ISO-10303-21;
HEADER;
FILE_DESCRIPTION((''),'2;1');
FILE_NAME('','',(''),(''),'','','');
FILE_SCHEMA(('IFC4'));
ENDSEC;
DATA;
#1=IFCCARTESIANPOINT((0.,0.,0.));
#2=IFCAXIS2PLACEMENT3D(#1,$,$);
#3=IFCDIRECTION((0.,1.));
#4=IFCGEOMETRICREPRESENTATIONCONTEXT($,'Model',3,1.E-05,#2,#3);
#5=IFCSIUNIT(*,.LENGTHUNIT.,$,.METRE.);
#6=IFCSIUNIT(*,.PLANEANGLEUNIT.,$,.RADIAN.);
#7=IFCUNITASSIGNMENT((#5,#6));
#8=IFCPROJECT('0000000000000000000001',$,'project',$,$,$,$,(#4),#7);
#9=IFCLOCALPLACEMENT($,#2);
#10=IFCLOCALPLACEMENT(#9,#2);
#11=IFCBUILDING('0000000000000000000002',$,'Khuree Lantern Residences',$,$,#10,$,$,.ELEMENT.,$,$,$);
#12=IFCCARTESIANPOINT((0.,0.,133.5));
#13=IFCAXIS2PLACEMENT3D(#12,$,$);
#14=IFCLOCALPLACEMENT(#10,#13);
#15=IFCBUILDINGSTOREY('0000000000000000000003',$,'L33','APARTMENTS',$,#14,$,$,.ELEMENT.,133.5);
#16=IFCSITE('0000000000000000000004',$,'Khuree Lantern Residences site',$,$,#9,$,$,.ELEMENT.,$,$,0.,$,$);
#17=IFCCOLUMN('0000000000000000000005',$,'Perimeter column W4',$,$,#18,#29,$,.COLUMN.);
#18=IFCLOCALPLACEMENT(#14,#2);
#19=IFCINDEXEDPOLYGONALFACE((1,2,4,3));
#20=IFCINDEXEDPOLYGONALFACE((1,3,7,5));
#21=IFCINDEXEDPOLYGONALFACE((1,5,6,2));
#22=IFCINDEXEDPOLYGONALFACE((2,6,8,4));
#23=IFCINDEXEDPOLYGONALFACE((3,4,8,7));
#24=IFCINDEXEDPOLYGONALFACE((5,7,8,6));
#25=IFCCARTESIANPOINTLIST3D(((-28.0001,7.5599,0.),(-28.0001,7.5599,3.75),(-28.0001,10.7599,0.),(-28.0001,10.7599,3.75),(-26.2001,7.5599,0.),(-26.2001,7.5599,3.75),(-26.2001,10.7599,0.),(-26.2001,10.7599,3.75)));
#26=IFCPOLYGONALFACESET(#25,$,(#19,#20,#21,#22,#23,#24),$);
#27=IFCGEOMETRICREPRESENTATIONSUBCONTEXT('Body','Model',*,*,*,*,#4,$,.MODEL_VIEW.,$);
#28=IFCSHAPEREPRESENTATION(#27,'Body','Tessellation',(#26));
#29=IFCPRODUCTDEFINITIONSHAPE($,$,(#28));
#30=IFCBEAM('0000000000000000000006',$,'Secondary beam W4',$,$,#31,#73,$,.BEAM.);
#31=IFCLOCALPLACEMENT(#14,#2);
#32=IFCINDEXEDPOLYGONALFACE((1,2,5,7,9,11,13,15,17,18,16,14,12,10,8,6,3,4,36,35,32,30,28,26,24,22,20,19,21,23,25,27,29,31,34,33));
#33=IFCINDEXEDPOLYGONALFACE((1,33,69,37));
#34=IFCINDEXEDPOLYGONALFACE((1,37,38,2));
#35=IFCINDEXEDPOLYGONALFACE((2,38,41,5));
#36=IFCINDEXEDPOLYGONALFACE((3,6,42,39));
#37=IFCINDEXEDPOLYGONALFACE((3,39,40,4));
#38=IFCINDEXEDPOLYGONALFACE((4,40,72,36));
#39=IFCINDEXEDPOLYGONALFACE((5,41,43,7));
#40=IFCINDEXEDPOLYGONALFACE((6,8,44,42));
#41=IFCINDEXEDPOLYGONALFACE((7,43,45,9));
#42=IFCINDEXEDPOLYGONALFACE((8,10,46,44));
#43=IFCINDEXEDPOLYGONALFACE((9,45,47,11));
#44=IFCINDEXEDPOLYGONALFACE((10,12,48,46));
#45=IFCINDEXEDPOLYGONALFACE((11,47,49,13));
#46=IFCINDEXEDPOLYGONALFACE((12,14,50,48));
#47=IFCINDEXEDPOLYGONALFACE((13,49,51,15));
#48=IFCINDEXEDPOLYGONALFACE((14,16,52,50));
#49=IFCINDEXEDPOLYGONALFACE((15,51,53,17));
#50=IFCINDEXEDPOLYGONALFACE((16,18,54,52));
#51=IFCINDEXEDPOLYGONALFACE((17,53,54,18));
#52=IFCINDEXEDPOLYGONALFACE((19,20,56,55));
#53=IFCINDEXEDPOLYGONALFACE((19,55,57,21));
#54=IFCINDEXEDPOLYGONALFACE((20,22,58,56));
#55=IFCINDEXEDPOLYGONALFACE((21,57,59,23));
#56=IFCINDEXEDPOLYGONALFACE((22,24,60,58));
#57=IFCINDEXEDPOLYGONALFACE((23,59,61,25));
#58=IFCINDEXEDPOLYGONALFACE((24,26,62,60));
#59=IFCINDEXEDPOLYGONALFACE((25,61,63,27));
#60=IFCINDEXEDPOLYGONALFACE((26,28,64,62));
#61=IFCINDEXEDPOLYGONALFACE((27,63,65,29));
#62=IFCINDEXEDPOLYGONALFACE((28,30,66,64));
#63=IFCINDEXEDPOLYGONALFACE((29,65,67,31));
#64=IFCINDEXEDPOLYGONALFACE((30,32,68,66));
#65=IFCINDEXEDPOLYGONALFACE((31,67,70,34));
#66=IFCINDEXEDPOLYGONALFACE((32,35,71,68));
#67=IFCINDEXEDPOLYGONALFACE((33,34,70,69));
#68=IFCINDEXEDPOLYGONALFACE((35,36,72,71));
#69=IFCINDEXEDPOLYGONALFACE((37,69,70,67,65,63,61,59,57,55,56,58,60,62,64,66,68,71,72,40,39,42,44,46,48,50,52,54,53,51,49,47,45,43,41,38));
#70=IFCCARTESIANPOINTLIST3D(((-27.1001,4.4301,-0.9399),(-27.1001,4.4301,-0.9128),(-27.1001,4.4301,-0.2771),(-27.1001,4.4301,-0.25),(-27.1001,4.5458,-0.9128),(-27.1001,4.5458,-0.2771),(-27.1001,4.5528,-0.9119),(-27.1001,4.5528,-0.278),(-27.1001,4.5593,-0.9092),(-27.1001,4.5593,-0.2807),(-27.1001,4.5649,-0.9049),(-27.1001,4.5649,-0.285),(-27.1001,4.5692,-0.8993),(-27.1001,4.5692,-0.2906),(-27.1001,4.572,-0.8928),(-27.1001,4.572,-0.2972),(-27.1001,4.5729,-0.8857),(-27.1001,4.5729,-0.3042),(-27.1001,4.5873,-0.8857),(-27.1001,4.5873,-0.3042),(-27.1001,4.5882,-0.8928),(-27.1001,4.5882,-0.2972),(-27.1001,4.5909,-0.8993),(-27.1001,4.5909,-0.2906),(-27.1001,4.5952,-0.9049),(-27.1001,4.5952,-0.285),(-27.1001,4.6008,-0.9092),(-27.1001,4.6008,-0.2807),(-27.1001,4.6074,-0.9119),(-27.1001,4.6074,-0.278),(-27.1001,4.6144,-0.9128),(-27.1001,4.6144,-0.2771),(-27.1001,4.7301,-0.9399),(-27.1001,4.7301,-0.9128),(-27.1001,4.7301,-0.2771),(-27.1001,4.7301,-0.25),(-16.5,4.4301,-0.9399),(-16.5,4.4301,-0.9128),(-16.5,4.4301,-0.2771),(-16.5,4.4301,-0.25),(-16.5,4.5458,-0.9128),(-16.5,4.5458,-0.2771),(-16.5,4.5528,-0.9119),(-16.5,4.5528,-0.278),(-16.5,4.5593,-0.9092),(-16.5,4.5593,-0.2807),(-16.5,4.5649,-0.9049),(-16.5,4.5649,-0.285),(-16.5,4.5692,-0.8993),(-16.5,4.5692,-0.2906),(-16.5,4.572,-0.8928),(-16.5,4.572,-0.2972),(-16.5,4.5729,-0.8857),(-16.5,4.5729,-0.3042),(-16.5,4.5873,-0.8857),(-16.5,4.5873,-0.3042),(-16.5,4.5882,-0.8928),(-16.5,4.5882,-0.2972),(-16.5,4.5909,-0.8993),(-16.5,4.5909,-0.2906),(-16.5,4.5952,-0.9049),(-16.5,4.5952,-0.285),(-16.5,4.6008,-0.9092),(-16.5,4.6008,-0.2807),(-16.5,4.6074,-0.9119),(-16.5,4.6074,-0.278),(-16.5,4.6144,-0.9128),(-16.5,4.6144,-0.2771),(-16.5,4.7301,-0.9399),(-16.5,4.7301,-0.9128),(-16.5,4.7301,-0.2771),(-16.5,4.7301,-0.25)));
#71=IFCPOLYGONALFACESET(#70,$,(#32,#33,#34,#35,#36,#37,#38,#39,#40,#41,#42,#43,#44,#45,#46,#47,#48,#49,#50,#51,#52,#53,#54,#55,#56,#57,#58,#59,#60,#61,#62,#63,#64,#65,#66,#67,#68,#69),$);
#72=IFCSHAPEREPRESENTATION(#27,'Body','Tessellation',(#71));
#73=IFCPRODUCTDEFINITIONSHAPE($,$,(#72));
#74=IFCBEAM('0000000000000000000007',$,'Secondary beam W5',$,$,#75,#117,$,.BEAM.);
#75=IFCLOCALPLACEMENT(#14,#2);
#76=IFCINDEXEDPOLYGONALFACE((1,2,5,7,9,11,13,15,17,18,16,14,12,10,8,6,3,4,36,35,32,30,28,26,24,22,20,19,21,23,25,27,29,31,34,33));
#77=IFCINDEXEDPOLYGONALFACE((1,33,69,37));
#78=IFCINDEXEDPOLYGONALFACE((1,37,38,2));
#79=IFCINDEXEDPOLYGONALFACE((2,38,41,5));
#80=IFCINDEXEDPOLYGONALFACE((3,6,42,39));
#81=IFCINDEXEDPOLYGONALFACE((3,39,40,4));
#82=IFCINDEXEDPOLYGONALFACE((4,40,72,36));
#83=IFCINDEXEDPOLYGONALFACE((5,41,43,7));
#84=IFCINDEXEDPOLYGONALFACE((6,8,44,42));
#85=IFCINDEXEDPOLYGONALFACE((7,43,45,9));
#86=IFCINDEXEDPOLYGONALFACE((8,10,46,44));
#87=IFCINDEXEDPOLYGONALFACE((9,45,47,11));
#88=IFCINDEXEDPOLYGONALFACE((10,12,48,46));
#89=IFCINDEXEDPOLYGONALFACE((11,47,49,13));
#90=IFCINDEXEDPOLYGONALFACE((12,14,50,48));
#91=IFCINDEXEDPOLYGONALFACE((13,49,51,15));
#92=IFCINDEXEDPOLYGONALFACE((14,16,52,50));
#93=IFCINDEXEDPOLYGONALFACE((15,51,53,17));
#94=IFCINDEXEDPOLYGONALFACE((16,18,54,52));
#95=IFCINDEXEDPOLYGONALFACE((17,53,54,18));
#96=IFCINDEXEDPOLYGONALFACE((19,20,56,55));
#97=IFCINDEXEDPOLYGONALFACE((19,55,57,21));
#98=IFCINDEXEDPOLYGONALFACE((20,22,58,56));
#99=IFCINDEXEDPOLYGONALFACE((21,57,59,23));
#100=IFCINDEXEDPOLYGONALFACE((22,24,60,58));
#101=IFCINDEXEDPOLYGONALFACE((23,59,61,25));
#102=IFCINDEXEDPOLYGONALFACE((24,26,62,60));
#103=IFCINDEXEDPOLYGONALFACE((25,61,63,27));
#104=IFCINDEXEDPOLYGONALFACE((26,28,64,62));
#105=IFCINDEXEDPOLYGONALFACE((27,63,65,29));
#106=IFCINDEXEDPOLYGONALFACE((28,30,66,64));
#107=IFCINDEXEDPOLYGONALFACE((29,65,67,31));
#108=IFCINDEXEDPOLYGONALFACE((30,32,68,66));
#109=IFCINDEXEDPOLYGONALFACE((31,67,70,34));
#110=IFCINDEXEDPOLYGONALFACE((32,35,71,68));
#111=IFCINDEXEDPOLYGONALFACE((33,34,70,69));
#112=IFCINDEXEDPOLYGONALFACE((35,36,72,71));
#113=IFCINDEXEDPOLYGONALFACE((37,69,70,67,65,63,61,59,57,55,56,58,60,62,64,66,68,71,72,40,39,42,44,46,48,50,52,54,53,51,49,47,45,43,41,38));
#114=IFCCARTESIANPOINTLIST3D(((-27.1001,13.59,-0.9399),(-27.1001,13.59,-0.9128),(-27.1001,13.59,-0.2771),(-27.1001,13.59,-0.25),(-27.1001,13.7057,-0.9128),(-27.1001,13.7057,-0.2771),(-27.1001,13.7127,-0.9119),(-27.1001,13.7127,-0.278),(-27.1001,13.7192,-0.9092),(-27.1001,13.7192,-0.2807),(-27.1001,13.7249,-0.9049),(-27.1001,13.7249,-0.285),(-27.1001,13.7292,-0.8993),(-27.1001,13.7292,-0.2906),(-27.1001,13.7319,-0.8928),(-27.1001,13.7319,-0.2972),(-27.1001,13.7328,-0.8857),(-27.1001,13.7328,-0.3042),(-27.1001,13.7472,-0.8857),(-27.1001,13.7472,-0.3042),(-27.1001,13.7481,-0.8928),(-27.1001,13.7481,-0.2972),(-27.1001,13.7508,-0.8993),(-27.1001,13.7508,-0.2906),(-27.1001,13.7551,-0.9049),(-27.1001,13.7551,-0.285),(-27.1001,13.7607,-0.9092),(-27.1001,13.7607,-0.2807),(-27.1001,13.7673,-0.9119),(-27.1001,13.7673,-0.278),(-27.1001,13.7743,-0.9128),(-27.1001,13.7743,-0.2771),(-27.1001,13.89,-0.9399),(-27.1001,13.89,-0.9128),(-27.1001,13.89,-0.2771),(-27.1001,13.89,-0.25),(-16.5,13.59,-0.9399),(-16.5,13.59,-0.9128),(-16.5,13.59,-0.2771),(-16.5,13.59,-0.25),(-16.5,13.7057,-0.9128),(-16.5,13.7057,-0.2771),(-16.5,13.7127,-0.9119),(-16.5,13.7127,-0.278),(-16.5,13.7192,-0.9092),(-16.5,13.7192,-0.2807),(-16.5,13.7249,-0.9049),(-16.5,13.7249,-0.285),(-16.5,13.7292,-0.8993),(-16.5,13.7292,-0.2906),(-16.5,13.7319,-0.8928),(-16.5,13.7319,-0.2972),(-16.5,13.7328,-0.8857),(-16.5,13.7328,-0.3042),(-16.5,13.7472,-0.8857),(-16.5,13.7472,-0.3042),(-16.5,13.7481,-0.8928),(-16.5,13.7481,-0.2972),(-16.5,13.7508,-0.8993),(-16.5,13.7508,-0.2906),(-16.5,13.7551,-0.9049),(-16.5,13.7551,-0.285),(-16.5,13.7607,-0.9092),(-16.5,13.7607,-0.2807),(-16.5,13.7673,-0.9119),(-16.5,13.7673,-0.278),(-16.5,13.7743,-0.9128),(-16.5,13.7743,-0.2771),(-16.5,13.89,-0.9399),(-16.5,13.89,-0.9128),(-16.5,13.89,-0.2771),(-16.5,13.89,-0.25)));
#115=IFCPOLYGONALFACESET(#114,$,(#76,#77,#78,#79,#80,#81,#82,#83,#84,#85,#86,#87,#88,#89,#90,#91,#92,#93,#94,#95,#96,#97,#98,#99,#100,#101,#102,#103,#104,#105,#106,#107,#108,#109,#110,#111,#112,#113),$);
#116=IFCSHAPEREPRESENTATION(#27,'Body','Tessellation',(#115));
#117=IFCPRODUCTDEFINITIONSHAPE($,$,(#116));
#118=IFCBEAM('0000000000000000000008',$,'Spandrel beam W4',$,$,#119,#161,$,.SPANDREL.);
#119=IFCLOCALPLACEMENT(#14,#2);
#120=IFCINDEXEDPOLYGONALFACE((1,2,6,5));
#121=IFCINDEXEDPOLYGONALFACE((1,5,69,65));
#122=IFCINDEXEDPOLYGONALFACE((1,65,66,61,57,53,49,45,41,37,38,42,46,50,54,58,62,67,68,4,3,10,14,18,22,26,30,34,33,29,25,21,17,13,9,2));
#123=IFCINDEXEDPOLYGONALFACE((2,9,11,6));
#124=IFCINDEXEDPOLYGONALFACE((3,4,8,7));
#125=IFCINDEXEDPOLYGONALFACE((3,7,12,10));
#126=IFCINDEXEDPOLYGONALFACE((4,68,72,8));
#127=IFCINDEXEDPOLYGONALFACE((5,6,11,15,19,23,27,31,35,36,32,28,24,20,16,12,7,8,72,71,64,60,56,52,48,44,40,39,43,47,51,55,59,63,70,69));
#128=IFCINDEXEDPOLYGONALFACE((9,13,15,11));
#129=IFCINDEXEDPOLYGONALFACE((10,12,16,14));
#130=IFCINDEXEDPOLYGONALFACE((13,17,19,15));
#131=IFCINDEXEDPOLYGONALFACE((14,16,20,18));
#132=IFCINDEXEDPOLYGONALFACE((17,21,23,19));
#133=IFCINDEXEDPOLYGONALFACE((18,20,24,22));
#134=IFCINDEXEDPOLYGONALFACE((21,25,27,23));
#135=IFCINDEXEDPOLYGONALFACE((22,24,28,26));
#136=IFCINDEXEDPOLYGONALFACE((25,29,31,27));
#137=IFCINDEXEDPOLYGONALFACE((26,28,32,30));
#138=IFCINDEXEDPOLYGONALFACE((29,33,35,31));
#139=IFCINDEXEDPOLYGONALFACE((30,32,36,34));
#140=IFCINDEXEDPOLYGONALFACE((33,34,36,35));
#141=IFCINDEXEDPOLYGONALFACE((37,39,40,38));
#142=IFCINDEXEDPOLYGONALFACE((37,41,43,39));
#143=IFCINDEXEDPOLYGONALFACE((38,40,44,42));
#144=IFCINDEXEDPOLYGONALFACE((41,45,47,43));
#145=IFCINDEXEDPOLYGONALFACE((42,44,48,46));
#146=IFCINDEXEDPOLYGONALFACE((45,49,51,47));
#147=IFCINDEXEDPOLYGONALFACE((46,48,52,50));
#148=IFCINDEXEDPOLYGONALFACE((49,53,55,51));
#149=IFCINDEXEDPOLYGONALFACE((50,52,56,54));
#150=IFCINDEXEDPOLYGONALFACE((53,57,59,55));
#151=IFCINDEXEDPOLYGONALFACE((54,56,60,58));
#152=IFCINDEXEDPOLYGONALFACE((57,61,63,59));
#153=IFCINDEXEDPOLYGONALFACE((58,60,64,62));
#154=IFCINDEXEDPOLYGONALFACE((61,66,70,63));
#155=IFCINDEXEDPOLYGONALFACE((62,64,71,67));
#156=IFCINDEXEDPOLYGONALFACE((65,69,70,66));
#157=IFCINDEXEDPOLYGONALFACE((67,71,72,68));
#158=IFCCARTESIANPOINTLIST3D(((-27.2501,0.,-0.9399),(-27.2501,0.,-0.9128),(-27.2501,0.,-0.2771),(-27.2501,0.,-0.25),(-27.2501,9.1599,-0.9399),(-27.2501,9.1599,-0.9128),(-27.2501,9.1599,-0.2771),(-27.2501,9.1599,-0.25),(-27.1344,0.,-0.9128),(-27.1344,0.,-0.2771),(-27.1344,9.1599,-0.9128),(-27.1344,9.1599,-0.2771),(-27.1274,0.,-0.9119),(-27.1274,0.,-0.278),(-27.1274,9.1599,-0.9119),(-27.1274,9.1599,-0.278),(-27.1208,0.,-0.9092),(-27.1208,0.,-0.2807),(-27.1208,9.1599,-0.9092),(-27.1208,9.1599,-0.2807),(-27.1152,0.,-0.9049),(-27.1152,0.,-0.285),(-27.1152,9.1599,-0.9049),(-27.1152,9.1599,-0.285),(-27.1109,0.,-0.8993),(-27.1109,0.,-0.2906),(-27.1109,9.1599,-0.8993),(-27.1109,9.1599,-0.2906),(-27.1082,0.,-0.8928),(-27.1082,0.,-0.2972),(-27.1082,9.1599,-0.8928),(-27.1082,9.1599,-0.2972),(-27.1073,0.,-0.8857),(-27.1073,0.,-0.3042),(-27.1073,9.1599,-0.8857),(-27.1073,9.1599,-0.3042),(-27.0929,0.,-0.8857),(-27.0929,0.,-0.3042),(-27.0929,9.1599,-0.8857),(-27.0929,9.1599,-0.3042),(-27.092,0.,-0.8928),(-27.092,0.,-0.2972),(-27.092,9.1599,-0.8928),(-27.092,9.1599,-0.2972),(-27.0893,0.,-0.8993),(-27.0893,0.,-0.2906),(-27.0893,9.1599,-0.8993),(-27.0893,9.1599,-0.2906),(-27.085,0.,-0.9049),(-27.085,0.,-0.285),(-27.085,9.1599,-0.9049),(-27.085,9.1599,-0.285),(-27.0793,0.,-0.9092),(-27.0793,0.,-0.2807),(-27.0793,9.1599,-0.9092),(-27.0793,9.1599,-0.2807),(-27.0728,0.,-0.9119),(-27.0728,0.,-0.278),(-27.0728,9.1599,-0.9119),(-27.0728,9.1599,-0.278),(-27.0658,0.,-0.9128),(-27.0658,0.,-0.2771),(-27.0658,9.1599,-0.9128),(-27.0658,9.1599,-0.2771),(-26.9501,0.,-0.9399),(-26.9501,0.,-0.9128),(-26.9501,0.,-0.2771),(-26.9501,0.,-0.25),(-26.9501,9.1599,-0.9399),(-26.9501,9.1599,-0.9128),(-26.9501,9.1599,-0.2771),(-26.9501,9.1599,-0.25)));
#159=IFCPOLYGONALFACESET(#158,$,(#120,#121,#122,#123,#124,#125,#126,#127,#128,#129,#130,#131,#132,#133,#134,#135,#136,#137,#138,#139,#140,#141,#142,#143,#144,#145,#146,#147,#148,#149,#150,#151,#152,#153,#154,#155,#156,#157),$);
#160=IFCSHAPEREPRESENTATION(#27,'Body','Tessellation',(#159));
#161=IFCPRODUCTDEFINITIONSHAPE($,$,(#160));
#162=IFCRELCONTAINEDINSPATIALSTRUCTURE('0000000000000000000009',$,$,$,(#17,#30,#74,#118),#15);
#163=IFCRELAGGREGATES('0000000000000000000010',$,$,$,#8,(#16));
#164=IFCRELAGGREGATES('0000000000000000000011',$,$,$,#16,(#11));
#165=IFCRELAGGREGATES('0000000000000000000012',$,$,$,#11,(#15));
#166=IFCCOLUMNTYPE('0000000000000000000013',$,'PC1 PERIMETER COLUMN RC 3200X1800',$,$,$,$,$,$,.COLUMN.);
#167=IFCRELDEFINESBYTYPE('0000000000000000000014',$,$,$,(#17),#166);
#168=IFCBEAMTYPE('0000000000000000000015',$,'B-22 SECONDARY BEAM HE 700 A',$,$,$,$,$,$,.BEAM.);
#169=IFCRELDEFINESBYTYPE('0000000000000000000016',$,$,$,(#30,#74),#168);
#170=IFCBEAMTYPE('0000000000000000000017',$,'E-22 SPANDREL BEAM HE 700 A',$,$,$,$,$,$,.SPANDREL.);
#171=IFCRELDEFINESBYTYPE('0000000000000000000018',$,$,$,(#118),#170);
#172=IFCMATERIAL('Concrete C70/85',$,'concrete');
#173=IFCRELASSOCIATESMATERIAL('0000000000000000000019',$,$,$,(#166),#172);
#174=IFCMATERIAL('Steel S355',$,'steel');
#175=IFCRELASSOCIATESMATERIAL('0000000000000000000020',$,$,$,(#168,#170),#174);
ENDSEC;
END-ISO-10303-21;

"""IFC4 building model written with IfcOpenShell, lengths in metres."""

from ifc_helpers import new_model, si_unit, direction, frame, origin, origin_2d, place, context, subcontext, project, spatial, rectangle, i_section, extrude, material, material_profile, profile_set, type_object, element, save


model = new_model("IFC4")

# Units and contexts
model_context = context("Model", 3, precision=1e-05, world=origin(), true_north=direction((0.0, 1.0)))
body_context = subcontext(model_context, "Body", "Model", "MODEL_VIEW")
ifc_project = project(units=[si_unit("LENGTHUNIT", "METRE"), si_unit("PLANEANGLEUNIT", "RADIAN")], contexts=[model_context])

# Site, building, storey
site_placement = place(None, origin())
site = spatial("IfcSite", under=ifc_project, at=site_placement, Name="Khuree Lantern Residences site", CompositionType="ELEMENT", RefElevation=0.0)
building_placement = place(site_placement, origin())
building = spatial("IfcBuilding", under=site, at=building_placement, Name="Khuree Lantern Residences", CompositionType="ELEMENT")
storey_placement = place(building_placement, frame((0.0, 0.0, 133.5)))
storey = spatial("IfcBuildingStorey", under=building, at=storey_placement, Name="L33", Description="APARTMENTS", CompositionType="ELEMENT", Elevation=133.5)

# Column
ifc_material_1 = material(Name="Concrete C70/85", Category="concrete")
ifc_material_profile_1 = material_profile(ifc_material_1, rectangle(XDim=3.2, YDim=1.8, at=origin_2d()), Name="RC 3200X1800")
ifc_profile_set_1 = profile_set([ifc_material_profile_1], Name="Concrete C70/85")
column_type = type_object("IfcColumnType", Name="PC1 PERIMETER COLUMN RC 3200X1800", PredefinedType="COLUMN", material=ifc_profile_set_1)
column_placement = place(storey_placement, frame((-27.1001, 9.1599, 0.0), z_axis=(0.0, 0.0, 1.0), x_axis=(0.0, 1.0, 0.0)))
element("IfcColumn", 1, at=column_placement, inside=storey, type_object=column_type, Name="Perimeter column W4", PredefinedType="COLUMN", context=body_context, shape_type="SweptSolid", body=[
    extrude(rectangle(XDim=3.2, YDim=1.8, at=origin_2d()), origin(), (0.0, 0.0, 1.0), 3.75),
])

# Beams
ifc_material_2 = material(Name="Steel S355", Category="steel")
ifc_material_profile_2 = material_profile(ifc_material_2, i_section(OverallWidth=0.3, OverallDepth=0.6899, WebThickness=0.0144, FlangeThickness=0.0271, FilletRadius=0.0271, at=origin_2d()), Name="HE 700 A")
ifc_profile_set_2 = profile_set([ifc_material_profile_2], Name="Steel S355")
beam_type_1 = type_object("IfcBeamType", Name="B-22 SECONDARY BEAM HE 700 A", PredefinedType="BEAM", material=ifc_profile_set_2)
for number, where, z_axis, x_axis, name in (
    (2, (-27.1001, 4.5801, -0.595), (1.0, 0.0, 0.0), (0.0, 1.0, 0.0), "Secondary beam W4"),
    (3, (-27.1001, 13.74, -0.595), (1.0, 0.0, 0.0), (0.0, 1.0, 0.0), "Secondary beam W5"),
):
    element("IfcBeam", number, at=place(storey_placement, frame(where, z_axis=z_axis, x_axis=x_axis)), inside=storey, type_object=beam_type_1, Name=name, PredefinedType="BEAM", context=body_context, shape_type="SweptSolid", body=[
        extrude(i_section(OverallWidth=0.3, OverallDepth=0.6899, WebThickness=0.0144, FlangeThickness=0.0271, FilletRadius=0.0271, at=origin_2d()), origin(), (0.0, 0.0, 1.0), 10.6001),
    ])
ifc_material_profile_3 = material_profile(ifc_material_2, i_section(OverallWidth=0.3, OverallDepth=0.6899, WebThickness=0.0144, FlangeThickness=0.0271, FilletRadius=0.0271, at=origin_2d()), Name="HE 700 A")
ifc_profile_set_3 = profile_set([ifc_material_profile_3], Name="Steel S355")
beam_type_2 = type_object("IfcBeamType", Name="E-22 SPANDREL BEAM HE 700 A", PredefinedType="SPANDREL", material=ifc_profile_set_3)
beam_1_placement = place(storey_placement, frame((-27.1001, 0.0, -0.595), z_axis=(0.0, 1.0, 0.0), x_axis=(-1.0, 0.0, 0.0)))
element("IfcBeam", 4, at=beam_1_placement, inside=storey, type_object=beam_type_2, Name="Spandrel beam W4", PredefinedType="SPANDREL", context=body_context, shape_type="SweptSolid", body=[
    extrude(i_section(OverallWidth=0.3, OverallDepth=0.6899, WebThickness=0.0144, FlangeThickness=0.0271, FilletRadius=0.0271, at=origin_2d()), origin(), (0.0, 0.0, 1.0), 9.1599),
])

save(model, "model.ifc")
